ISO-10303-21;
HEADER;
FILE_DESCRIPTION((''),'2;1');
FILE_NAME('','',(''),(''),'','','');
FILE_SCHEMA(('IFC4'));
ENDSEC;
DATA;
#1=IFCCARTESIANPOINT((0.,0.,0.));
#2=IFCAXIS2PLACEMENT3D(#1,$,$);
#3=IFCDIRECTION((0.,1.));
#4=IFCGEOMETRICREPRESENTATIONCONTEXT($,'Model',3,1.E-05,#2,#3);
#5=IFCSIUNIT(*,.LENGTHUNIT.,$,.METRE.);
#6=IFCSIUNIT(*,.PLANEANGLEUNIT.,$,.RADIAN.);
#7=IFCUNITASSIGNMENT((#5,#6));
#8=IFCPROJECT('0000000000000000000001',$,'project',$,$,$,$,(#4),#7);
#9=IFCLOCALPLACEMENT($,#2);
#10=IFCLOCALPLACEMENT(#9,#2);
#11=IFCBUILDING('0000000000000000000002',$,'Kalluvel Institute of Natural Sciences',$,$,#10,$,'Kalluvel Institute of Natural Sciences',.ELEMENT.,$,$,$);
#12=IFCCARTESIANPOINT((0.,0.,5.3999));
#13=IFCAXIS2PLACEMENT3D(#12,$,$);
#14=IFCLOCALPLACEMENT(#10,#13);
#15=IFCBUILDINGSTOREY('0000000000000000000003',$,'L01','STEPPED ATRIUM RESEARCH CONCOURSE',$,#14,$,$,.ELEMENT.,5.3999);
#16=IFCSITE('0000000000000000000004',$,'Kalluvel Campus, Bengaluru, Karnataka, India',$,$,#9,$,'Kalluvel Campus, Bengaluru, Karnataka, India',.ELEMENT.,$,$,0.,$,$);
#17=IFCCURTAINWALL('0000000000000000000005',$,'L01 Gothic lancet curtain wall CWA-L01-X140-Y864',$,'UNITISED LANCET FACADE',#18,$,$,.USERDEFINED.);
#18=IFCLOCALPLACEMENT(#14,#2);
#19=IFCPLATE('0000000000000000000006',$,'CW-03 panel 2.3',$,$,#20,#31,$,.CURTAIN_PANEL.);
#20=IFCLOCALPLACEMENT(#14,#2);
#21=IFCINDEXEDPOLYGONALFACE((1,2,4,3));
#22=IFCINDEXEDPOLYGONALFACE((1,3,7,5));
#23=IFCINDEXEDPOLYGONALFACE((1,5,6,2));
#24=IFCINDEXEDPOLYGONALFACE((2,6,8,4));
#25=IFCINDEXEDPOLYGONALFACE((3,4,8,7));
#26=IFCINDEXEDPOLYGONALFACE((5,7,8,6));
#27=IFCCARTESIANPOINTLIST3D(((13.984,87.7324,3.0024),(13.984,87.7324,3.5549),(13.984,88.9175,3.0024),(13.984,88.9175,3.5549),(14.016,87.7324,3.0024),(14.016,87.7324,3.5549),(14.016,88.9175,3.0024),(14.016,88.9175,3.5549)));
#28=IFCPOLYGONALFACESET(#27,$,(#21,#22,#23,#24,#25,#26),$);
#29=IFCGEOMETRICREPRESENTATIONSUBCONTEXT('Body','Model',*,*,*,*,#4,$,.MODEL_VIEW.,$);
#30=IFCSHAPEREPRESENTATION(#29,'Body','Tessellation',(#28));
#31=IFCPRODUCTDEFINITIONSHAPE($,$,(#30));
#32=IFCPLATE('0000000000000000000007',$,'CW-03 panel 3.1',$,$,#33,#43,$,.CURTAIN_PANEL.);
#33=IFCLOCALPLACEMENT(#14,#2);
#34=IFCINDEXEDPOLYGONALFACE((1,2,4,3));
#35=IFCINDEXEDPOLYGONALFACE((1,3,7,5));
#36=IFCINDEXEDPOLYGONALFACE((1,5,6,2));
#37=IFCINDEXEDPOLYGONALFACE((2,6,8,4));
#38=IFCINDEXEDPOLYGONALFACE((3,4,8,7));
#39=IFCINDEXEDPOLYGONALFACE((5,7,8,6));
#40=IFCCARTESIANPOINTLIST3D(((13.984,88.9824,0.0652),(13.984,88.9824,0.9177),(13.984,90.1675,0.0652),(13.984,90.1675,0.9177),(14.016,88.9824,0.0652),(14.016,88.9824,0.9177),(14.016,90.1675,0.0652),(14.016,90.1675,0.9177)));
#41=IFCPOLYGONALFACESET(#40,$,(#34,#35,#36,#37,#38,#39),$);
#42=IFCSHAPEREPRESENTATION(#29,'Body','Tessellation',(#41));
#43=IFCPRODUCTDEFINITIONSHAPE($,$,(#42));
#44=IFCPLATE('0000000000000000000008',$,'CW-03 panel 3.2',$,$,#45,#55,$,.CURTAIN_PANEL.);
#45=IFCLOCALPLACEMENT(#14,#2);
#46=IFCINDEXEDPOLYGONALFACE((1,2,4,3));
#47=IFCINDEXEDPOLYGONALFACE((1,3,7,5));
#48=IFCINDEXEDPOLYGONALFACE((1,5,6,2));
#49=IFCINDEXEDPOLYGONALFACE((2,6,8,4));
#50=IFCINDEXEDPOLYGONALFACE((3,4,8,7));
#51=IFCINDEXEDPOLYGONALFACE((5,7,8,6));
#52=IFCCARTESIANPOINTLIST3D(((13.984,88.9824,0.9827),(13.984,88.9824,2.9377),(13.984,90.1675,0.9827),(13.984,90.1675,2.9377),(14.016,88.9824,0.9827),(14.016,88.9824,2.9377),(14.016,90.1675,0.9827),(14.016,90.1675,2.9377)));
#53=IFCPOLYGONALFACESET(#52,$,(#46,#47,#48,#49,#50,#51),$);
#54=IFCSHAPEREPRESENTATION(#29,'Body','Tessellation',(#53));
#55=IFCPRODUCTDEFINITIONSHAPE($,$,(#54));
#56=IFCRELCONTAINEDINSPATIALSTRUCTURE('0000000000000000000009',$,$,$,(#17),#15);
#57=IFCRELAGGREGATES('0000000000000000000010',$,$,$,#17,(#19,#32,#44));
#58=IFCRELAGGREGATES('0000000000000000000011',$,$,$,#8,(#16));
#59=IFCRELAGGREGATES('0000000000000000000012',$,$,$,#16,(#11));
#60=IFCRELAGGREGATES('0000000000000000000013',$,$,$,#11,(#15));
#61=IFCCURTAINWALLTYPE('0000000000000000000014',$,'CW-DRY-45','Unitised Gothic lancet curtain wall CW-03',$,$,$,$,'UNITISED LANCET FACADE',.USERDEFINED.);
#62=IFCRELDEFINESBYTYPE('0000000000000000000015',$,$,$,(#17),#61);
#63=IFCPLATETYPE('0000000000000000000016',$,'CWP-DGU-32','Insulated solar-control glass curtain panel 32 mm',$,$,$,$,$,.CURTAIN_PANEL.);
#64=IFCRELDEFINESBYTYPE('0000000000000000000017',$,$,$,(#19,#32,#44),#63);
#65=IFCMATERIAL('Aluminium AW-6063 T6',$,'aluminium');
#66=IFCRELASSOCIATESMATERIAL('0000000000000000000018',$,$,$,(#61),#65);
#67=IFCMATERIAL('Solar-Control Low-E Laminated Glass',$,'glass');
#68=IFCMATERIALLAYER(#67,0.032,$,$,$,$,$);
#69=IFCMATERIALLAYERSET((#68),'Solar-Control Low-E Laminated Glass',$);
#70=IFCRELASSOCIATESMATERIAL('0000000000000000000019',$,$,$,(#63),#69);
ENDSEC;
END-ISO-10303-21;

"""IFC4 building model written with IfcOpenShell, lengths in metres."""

from ifc_helpers import new_model, si_unit, direction, frame, origin, origin_2d, place, context, subcontext, project, spatial, rectangle, extrude, material, layer, layer_set, type_object, element, aggregate, save


model = new_model("IFC4")

# Units and contexts
model_context = context("Model", 3, precision=1e-05, world=origin(), true_north=direction((0.0, 1.0)))
body_context = subcontext(model_context, "Body", "Model", "MODEL_VIEW")
ifc_project = project(units=[si_unit("LENGTHUNIT", "METRE"), si_unit("PLANEANGLEUNIT", "RADIAN")], contexts=[model_context])

# Site, building, storey
site_placement = place(None, origin())
site = spatial("IfcSite", under=ifc_project, at=site_placement, Name="Kalluvel Campus, Bengaluru, Karnataka, India", LongName="Kalluvel Campus, Bengaluru, Karnataka, India", CompositionType="ELEMENT", RefElevation=0.0)
building_placement = place(site_placement, origin())
building = spatial("IfcBuilding", under=site, at=building_placement, Name="Kalluvel Institute of Natural Sciences", LongName="Kalluvel Institute of Natural Sciences", CompositionType="ELEMENT")
storey_placement = place(building_placement, frame((0.0, 0.0, 5.3999)))
storey = spatial("IfcBuildingStorey", under=building, at=storey_placement, Name="L01", Description="STEPPED ATRIUM RESEARCH CONCOURSE", CompositionType="ELEMENT", Elevation=5.3999)

# Curtain wall
ifc_material_1 = material(Name="Aluminium AW-6063 T6", Category="aluminium")
curtain_wall_type = type_object("IfcCurtainWallType", Name="CW-DRY-45", Description="Unitised Gothic lancet curtain wall CW-03", ElementType="UNITISED LANCET FACADE", PredefinedType="USERDEFINED", material=ifc_material_1)
curtain_wall_placement = place(storey_placement, origin())
curtain_wall = element("IfcCurtainWall", 1, at=curtain_wall_placement, inside=storey, type_object=curtain_wall_type, Name="L01 Gothic lancet curtain wall CWA-L01-X140-Y864", ObjectType="UNITISED LANCET FACADE", PredefinedType="USERDEFINED")

# Plates
ifc_material_2 = material(Name="Solar-Control Low-E Laminated Glass", Category="glass")
ifc_layer = layer(ifc_material_2, 0.032)
ifc_layer_set = layer_set([ifc_layer], Name="Solar-Control Low-E Laminated Glass")
plate_type = type_object("IfcPlateType", Name="CWP-DGU-32", Description="Insulated solar-control glass curtain panel 32 mm", PredefinedType="CURTAIN_PANEL", material=ifc_layer_set)
plate_1_placement = place(storey_placement, frame((14.0, 88.325, 3.0024), z_axis=(0.0, 0.0, 1.0), x_axis=(0.0, 1.0, 0.0)))
plate_1 = element("IfcPlate", 2, at=plate_1_placement, type_object=plate_type, Name="CW-03 panel 2.3", PredefinedType="CURTAIN_PANEL", context=body_context, shape_type="SweptSolid", body=[
    extrude(rectangle(XDim=1.1851, YDim=0.032, at=origin_2d()), origin(), (0.0, 0.0, 1.0), 0.5525),
])
plate_2_placement = place(storey_placement, frame((14.0, 89.575, 0.0652), z_axis=(0.0, 0.0, 1.0), x_axis=(0.0, 1.0, 0.0)))
plate_2 = element("IfcPlate", 3, at=plate_2_placement, type_object=plate_type, Name="CW-03 panel 3.1", PredefinedType="CURTAIN_PANEL", context=body_context, shape_type="SweptSolid", body=[
    extrude(rectangle(XDim=1.1851, YDim=0.032, at=origin_2d()), origin(), (0.0, 0.0, 1.0), 0.8525),
])
plate_3_placement = place(storey_placement, frame((14.0, 89.575, 0.9827), z_axis=(0.0, 0.0, 1.0), x_axis=(0.0, 1.0, 0.0)))
plate_3 = element("IfcPlate", 4, at=plate_3_placement, type_object=plate_type, Name="CW-03 panel 3.2", PredefinedType="CURTAIN_PANEL", context=body_context, shape_type="SweptSolid", body=[
    extrude(rectangle(XDim=1.1851, YDim=0.032, at=origin_2d()), origin(), (0.0, 0.0, 1.0), 1.9551),
])
aggregate(curtain_wall, [plate_1, plate_2, plate_3])

save(model, "model.ifc")
